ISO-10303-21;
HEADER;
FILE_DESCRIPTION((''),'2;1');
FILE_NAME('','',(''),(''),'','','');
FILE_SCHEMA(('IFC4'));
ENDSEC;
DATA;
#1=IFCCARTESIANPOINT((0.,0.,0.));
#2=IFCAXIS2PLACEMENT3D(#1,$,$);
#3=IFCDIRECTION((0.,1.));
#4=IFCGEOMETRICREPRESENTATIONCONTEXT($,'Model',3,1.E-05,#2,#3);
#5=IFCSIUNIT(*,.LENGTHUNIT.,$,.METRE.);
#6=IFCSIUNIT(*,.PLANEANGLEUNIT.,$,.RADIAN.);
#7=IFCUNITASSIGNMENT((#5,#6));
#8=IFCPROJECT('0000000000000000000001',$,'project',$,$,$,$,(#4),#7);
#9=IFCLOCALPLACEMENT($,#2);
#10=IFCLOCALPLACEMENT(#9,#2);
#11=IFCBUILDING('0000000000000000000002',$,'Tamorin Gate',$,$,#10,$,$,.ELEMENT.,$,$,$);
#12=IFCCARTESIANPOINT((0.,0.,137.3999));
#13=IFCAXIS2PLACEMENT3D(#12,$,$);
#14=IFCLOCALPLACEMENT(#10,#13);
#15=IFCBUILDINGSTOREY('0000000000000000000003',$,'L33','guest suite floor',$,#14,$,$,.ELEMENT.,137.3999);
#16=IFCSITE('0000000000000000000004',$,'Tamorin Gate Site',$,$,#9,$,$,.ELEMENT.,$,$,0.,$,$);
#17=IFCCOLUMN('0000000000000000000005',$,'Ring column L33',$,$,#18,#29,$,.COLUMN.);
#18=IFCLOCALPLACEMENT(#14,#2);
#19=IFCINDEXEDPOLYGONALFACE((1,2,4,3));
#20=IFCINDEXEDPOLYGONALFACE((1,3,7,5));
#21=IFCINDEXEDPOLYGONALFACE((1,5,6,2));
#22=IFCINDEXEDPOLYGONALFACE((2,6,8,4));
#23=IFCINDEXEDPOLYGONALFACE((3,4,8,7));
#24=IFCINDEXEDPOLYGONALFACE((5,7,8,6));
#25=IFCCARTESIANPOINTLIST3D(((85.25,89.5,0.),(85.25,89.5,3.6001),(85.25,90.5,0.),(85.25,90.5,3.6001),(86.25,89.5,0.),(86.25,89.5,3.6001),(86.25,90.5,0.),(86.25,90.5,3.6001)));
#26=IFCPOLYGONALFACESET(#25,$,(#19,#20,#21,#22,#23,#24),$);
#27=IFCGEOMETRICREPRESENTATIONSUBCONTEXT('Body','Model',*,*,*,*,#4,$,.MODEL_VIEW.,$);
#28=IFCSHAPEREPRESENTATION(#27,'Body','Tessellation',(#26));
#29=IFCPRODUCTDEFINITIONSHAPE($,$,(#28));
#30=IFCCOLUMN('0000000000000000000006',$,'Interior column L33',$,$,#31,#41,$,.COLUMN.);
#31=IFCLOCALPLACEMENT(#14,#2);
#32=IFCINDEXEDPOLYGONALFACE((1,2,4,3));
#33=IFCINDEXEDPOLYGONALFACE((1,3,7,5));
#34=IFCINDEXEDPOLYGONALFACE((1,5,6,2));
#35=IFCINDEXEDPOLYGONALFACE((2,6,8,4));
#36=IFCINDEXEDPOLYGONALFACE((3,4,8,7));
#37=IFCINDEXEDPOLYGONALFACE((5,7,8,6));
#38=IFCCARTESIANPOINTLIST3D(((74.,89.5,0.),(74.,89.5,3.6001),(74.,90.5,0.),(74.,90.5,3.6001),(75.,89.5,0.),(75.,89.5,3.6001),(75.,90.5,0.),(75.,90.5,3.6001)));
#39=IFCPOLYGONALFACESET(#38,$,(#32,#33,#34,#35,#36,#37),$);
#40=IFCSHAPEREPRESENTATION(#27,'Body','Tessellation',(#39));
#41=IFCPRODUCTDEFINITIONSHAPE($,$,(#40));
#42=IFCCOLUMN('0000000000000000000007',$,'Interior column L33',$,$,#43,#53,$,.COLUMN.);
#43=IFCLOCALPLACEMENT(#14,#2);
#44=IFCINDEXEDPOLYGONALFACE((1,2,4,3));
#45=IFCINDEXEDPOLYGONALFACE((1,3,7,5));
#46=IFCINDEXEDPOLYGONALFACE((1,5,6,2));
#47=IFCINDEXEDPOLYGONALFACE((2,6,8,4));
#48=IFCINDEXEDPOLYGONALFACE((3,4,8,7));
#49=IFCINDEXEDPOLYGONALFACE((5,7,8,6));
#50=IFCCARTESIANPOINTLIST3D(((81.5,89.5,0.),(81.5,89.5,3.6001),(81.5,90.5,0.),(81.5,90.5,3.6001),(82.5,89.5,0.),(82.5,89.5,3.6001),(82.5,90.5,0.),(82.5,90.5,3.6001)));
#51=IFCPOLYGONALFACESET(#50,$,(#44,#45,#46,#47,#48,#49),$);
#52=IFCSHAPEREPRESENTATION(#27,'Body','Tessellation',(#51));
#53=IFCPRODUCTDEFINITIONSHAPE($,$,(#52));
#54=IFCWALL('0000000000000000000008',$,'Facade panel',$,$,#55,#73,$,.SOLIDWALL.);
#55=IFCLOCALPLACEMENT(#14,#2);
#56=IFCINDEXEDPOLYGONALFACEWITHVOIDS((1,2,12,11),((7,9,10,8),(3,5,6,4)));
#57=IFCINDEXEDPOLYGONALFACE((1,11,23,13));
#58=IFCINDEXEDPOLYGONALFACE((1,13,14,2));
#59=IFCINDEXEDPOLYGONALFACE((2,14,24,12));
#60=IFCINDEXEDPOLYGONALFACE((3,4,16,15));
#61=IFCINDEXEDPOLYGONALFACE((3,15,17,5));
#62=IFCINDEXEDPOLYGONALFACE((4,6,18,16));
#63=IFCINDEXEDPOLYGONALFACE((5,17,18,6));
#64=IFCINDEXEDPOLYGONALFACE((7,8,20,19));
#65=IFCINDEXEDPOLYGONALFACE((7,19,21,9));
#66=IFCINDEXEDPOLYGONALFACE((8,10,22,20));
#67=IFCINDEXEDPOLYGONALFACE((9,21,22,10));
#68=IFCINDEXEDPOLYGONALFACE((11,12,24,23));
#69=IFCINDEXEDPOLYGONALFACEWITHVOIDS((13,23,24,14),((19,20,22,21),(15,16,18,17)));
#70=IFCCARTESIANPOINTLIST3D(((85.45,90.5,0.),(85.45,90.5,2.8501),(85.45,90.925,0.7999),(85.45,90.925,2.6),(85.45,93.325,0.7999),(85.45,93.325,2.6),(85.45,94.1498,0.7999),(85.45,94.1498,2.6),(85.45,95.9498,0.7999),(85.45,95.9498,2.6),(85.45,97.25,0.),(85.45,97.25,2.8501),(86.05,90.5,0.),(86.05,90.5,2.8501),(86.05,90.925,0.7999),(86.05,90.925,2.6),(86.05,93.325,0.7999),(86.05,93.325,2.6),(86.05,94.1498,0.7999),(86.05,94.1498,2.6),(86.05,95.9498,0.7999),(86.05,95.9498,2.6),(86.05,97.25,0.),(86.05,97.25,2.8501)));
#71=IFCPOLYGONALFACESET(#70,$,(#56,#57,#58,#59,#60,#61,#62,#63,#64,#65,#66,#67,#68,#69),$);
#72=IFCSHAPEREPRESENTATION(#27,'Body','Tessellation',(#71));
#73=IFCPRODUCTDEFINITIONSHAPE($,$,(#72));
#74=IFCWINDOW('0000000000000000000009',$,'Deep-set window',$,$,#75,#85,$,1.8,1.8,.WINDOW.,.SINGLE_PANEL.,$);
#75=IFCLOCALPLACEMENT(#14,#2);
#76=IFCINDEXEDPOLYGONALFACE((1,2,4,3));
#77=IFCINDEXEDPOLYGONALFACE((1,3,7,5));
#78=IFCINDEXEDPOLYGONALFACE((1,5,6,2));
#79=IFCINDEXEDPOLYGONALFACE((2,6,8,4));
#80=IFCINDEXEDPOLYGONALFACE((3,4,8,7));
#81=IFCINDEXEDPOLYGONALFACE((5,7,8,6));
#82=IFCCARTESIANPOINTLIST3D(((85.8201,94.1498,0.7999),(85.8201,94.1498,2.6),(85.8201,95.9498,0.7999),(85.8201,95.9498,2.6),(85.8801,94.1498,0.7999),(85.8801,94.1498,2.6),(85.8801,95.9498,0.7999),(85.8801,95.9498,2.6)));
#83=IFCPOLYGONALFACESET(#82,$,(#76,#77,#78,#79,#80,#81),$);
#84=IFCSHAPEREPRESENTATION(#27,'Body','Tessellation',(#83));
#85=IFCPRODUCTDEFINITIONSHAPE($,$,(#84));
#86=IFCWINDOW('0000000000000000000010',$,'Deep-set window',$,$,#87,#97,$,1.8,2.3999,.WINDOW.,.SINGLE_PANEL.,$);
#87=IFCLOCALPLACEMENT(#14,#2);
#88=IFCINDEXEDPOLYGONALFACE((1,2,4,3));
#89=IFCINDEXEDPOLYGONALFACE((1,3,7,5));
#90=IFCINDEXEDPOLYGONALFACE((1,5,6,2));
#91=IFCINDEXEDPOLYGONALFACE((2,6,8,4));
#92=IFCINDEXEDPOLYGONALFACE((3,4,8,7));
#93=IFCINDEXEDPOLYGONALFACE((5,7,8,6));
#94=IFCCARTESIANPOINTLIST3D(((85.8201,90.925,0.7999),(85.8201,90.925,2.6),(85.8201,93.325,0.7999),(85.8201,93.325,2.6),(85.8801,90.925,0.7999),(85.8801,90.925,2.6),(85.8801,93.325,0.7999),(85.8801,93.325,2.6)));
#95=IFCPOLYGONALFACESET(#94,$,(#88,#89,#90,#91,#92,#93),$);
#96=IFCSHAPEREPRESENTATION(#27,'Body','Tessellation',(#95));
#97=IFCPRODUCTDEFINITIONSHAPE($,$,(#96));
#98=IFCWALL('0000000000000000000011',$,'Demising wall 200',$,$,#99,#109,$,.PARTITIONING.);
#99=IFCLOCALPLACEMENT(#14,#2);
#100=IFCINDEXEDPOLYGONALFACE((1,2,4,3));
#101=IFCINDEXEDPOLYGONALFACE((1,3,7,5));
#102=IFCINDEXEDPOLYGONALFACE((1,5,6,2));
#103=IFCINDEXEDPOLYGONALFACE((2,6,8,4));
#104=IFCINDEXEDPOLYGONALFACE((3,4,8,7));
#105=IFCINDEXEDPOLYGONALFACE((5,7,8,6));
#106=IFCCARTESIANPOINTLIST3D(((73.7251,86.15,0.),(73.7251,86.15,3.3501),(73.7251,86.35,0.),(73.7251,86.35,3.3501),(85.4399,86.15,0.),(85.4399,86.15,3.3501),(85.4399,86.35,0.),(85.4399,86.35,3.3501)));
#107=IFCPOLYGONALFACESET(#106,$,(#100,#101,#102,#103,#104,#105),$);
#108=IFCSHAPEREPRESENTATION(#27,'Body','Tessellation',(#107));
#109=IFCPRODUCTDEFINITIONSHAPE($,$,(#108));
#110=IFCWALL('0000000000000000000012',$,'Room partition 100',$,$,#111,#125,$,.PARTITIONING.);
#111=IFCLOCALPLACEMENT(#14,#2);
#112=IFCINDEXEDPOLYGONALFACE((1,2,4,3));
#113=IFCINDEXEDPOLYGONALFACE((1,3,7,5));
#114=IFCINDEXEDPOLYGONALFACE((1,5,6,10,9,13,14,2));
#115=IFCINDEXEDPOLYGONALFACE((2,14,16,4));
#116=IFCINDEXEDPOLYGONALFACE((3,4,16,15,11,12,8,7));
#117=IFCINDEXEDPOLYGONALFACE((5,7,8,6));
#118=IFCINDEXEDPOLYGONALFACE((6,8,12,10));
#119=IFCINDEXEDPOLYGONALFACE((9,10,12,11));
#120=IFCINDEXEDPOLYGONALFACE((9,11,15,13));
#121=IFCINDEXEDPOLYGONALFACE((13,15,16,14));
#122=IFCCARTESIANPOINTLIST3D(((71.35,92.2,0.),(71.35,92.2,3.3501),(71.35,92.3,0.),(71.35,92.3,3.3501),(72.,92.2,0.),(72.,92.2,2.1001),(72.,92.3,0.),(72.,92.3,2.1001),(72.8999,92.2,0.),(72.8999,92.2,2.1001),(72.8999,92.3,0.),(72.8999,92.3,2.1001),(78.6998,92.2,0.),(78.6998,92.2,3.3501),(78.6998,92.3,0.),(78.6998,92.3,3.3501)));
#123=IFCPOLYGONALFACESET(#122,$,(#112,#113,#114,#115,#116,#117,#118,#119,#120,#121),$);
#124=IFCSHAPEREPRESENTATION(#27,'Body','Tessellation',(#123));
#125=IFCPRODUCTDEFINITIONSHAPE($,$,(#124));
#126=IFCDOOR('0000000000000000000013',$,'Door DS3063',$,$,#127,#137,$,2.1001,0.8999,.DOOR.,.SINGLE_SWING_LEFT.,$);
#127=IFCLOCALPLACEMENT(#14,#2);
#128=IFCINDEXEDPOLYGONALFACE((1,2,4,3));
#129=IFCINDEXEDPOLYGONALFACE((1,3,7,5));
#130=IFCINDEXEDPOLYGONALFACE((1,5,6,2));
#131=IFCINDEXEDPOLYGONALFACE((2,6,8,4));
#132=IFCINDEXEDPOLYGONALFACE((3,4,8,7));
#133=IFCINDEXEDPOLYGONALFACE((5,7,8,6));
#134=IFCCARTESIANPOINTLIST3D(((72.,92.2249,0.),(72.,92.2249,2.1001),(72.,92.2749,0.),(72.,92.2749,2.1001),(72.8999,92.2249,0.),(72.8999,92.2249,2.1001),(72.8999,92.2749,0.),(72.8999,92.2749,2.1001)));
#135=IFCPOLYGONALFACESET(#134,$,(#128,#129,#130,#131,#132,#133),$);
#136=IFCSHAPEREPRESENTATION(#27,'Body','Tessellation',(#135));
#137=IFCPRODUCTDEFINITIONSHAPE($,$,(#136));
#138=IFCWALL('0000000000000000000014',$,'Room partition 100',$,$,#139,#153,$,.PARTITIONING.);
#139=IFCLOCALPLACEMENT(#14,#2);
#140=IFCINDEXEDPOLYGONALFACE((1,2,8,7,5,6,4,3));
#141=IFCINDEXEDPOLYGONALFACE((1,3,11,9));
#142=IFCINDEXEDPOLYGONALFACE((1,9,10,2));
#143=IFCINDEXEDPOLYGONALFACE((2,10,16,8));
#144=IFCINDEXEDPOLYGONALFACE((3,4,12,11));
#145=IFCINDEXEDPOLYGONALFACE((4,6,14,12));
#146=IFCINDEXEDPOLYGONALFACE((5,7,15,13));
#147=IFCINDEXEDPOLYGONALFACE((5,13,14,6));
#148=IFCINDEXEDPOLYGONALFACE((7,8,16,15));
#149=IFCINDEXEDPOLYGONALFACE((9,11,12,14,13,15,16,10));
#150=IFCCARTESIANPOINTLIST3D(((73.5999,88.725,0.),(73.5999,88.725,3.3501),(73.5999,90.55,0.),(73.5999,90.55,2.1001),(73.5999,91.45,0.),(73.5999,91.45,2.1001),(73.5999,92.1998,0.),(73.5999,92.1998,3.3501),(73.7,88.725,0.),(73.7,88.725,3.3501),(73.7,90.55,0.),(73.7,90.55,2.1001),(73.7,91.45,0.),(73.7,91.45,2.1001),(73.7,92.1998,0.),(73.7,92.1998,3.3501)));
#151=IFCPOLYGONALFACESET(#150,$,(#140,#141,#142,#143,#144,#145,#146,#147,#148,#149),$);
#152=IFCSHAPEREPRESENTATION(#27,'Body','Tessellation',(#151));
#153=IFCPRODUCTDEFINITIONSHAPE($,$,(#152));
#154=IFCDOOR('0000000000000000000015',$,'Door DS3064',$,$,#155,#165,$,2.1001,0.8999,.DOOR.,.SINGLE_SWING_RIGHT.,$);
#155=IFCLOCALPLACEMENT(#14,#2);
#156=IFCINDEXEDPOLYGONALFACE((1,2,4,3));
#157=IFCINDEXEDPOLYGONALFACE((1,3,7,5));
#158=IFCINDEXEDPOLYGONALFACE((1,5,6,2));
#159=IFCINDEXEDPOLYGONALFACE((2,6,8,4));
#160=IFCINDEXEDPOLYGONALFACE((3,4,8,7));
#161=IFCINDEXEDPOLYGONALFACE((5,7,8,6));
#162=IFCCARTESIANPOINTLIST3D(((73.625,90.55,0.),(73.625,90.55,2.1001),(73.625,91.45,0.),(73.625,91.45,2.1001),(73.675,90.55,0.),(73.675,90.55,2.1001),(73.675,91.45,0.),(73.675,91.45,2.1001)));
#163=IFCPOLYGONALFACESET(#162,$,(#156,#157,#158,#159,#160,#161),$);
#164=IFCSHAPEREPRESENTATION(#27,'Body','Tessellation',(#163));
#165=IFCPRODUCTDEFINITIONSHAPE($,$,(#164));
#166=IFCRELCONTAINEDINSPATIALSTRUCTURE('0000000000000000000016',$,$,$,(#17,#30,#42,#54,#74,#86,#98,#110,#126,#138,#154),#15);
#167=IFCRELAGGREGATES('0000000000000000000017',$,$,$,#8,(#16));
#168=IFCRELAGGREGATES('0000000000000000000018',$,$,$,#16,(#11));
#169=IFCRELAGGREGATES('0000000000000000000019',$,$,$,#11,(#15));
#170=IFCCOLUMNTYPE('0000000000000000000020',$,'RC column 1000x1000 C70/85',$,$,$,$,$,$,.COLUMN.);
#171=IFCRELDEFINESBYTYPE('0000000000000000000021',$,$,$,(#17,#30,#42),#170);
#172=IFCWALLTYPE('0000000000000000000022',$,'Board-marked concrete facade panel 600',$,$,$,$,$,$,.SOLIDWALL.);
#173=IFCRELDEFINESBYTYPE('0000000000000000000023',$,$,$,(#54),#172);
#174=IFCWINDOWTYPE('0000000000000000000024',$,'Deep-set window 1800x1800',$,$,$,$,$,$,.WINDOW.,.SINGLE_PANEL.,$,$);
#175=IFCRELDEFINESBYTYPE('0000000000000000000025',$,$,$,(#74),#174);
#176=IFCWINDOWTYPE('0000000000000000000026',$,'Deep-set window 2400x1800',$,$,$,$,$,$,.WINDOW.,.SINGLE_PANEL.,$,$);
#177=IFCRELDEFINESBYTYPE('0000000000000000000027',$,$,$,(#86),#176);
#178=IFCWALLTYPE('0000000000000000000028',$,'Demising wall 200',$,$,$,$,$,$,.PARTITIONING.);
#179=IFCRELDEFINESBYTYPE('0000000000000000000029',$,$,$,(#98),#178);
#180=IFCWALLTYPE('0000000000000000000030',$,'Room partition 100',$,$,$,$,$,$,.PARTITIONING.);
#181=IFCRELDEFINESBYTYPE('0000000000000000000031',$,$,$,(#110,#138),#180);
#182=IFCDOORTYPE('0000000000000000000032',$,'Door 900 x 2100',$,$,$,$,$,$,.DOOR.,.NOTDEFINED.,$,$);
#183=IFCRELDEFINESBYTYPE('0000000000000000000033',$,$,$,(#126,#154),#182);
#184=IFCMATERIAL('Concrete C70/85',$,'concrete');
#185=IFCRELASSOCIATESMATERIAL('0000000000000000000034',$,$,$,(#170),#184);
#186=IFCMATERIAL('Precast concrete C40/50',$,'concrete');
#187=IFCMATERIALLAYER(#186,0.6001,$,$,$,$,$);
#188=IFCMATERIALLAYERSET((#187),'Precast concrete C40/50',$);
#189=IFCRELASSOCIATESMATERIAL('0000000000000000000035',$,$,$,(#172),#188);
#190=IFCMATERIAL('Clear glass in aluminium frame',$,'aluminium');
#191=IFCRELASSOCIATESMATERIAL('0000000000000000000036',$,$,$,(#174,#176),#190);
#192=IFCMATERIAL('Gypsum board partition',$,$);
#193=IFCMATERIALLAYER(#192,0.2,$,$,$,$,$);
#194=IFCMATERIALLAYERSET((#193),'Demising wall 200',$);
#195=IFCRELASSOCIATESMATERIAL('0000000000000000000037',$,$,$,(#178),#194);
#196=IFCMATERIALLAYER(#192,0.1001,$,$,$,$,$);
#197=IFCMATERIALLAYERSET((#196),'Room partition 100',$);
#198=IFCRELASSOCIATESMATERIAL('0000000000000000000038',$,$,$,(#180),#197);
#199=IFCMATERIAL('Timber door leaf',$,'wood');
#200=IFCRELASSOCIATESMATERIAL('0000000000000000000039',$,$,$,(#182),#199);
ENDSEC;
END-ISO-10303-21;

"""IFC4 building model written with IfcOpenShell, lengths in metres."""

from ifc_helpers import new_model, si_unit, direction, frame, frame_2d, origin, origin_2d, place, context, subcontext, project, spatial, rectangle, extrude, material, layer, layer_set, material_profile, profile_set, type_object, element, fill, save


model = new_model("IFC4")

# Units and contexts
model_context = context("Model", 3, precision=1e-05, world=origin(), true_north=direction((0.0, 1.0)))
body_context = subcontext(model_context, "Body", "Model", "MODEL_VIEW")
ifc_project = project(units=[si_unit("LENGTHUNIT", "METRE"), si_unit("PLANEANGLEUNIT", "RADIAN")], contexts=[model_context])

# Site, building, storey
site_placement = place(None, origin())
site = spatial("IfcSite", under=ifc_project, at=site_placement, Name="Tamorin Gate Site", CompositionType="ELEMENT", RefElevation=0.0)
building_placement = place(site_placement, origin())
building = spatial("IfcBuilding", under=site, at=building_placement, Name="Tamorin Gate", CompositionType="ELEMENT")
storey_placement = place(building_placement, frame((0.0, 0.0, 137.3999)))
storey = spatial("IfcBuildingStorey", under=building, at=storey_placement, Name="L33", Description="guest suite floor", CompositionType="ELEMENT", Elevation=137.3999)

# Columns
ifc_material_1 = material(Name="Concrete C70/85", Category="concrete")
ifc_material_profile = material_profile(ifc_material_1, rectangle(XDim=1.0, YDim=1.0, at=origin_2d()), Name="RC 1000x1000")
ifc_profile_set = profile_set([ifc_material_profile], Name="Concrete C70/85")
column_type = type_object("IfcColumnType", Name="RC column 1000x1000 C70/85", PredefinedType="COLUMN", material=ifc_profile_set)
for number, where, z_axis, x_axis, name in (
    (1, (85.75, 90.0, 0.0), (0.0, 0.0, 1.0), (1.0, 0.0, 0.0), "Ring column L33"),
    (2, (74.5, 90.0, 0.0), (0.0, 0.0, 1.0), (1.0, 0.0, 0.0), "Interior column L33"),
    (3, (82.0, 90.0, 0.0), (0.0, 0.0, 1.0), (1.0, 0.0, 0.0), "Interior column L33"),
):
    element("IfcColumn", number, at=place(storey_placement, frame(where, z_axis=z_axis, x_axis=x_axis)), inside=storey, type_object=column_type, Name=name, PredefinedType="COLUMN", context=body_context, shape_type="SweptSolid", body=[
        extrude(rectangle(XDim=1.0, YDim=1.0, at=origin_2d()), origin(), (0.0, 0.0, 1.0), 3.6001),
    ])

# Wall, openings, windows
ifc_material_2 = material(Name="Precast concrete C40/50", Category="concrete")
ifc_layer_1 = layer(ifc_material_2, 0.6001)
ifc_layer_set_1 = layer_set([ifc_layer_1], Name="Precast concrete C40/50")
wall_type_1 = type_object("IfcWallType", Name="Board-marked concrete facade panel 600", PredefinedType="SOLIDWALL", material=ifc_layer_set_1)
wall_1_placement = place(storey_placement, frame((85.75, 90.5, 0.0), z_axis=(0.0, 0.0, 1.0), x_axis=(0.0, 1.0, 0.0)))
wall_1 = element("IfcWall", 4, at=wall_1_placement, inside=storey, type_object=wall_type_1, Name="Facade panel", PredefinedType="SOLIDWALL", context=body_context, shape_type="SweptSolid", body=[
    extrude(rectangle(XDim=6.75, YDim=0.6001, at=frame_2d((3.375, 0.0))), origin(), (0.0, 0.0, 1.0), 2.8501),
])
opening_1_placement = place(wall_1_placement, frame((0.425, 0.0, 0.8)))
opening_1 = element("IfcOpeningElement", 5, at=opening_1_placement, cuts=wall_1, PredefinedType="OPENING", context=body_context, shape_type="SweptSolid", body=[
    extrude(rectangle(XDim=2.3999, YDim=1.8, at=frame_2d((1.2, 0.8999))), frame((0.0, 0.3101, 0.0), z_axis=(0.0, -1.0, 0.0), x_axis=(1.0, 0.0, 0.0)), (0.0, 0.0, 1.0), 0.6201),
])
opening_2_placement = place(wall_1_placement, frame((3.6499, 0.0, 0.8)))
opening_2 = element("IfcOpeningElement", 6, at=opening_2_placement, cuts=wall_1, PredefinedType="OPENING", context=body_context, shape_type="SweptSolid", body=[
    extrude(rectangle(XDim=1.8, YDim=1.8, at=frame_2d((0.8999, 0.8999))), frame((0.0, 0.3101, 0.0), z_axis=(0.0, -1.0, 0.0), x_axis=(1.0, 0.0, 0.0)), (0.0, 0.0, 1.0), 0.6201),
])
ifc_material_3 = material(Name="Clear glass in aluminium frame", Category="aluminium")
window_type_1 = type_object("IfcWindowType", Name="Deep-set window 1800x1800", PartitioningType="SINGLE_PANEL", PredefinedType="WINDOW", material=ifc_material_3)
window_1_placement = place(opening_2_placement, origin())
window_1 = element("IfcWindow", 7, at=window_1_placement, inside=storey, type_object=window_type_1, Name="Deep-set window", OverallHeight=1.8, OverallWidth=1.8, PartitioningType="SINGLE_PANEL", PredefinedType="WINDOW", context=body_context, shape_type="SweptSolid", body=[
    extrude(rectangle(XDim=1.8, YDim=1.8, at=frame_2d((0.8999, 0.8999))), frame((0.0, -0.0701, 0.0), z_axis=(0.0, -1.0, 0.0), x_axis=(1.0, 0.0, 0.0)), (0.0, 0.0, 1.0), 0.0601),
])
fill(opening_2, window_1)
window_type_2 = type_object("IfcWindowType", Name="Deep-set window 2400x1800", PartitioningType="SINGLE_PANEL", PredefinedType="WINDOW", material=ifc_material_3)
window_2_placement = place(opening_1_placement, origin())
window_2 = element("IfcWindow", 8, at=window_2_placement, inside=storey, type_object=window_type_2, Name="Deep-set window", OverallHeight=1.8, OverallWidth=2.3999, PartitioningType="SINGLE_PANEL", PredefinedType="WINDOW", context=body_context, shape_type="SweptSolid", body=[
    extrude(rectangle(XDim=2.3999, YDim=1.8, at=frame_2d((1.2, 0.8999))), frame((0.0, -0.0701, 0.0), z_axis=(0.0, -1.0, 0.0), x_axis=(1.0, 0.0, 0.0)), (0.0, 0.0, 1.0), 0.0601),
])
fill(opening_1, window_2)

# Wall
ifc_material_4 = material(Name="Gypsum board partition")
ifc_layer_2 = layer(ifc_material_4, 0.2)
ifc_layer_set_2 = layer_set([ifc_layer_2], Name="Demising wall 200")
wall_type_2 = type_object("IfcWallType", Name="Demising wall 200", PredefinedType="PARTITIONING", material=ifc_layer_set_2)
wall_2_placement = place(storey_placement, frame((73.7251, 86.25, 0.0), z_axis=(0.0, 0.0, 1.0), x_axis=(1.0, 0.0, 0.0)))
element("IfcWall", 9, at=wall_2_placement, inside=storey, type_object=wall_type_2, Name="Demising wall 200", PredefinedType="PARTITIONING", context=body_context, shape_type="SweptSolid", body=[
    extrude(rectangle(XDim=11.7148, YDim=0.2, at=frame_2d((5.8574, 0.0))), origin(), (0.0, 0.0, 1.0), 3.3501),
])

# Walls, openings, doors
ifc_layer_3 = layer(ifc_material_4, 0.1001)
ifc_layer_set_3 = layer_set([ifc_layer_3], Name="Room partition 100")
wall_type_3 = type_object("IfcWallType", Name="Room partition 100", PredefinedType="PARTITIONING", material=ifc_layer_set_3)
wall_3_placement = place(storey_placement, frame((71.3501, 92.25, 0.0), z_axis=(0.0, 0.0, 1.0), x_axis=(1.0, 0.0, 0.0)))
wall_3 = element("IfcWall", 10, at=wall_3_placement, inside=storey, type_object=wall_type_3, Name="Room partition 100", PredefinedType="PARTITIONING", context=body_context, shape_type="SweptSolid", body=[
    extrude(rectangle(XDim=7.3499, YDim=0.1001, at=frame_2d((3.6748, 0.0))), origin(), (0.0, 0.0, 1.0), 3.3501),
])
opening_3_placement = place(wall_3_placement, frame((0.6499, 0.0, 0.0)))
opening_3 = element("IfcOpeningElement", 11, at=opening_3_placement, cuts=wall_3, PredefinedType="OPENING", context=body_context, shape_type="SweptSolid", body=[
    extrude(rectangle(XDim=0.8999, YDim=2.1001, at=frame_2d((0.45, 1.05))), frame((0.0, 0.0601, 0.0), z_axis=(0.0, -1.0, 0.0), x_axis=(1.0, 0.0, 0.0)), (0.0, 0.0, 1.0), 0.1201),
])
ifc_material_5 = material(Name="Timber door leaf", Category="wood")
door_type = type_object("IfcDoorType", Name="Door 900 x 2100", OperationType="NOTDEFINED", PredefinedType="DOOR", material=ifc_material_5)
door_1_placement = place(opening_3_placement, origin())
door_1 = element("IfcDoor", 12, at=door_1_placement, inside=storey, type_object=door_type, Name="Door DS3063", OperationType="SINGLE_SWING_LEFT", OverallHeight=2.1001, OverallWidth=0.8999, PredefinedType="DOOR", context=body_context, shape_type="SweptSolid", body=[
    extrude(rectangle(XDim=0.8999, YDim=2.1001, at=frame_2d((0.45, 1.05))), frame((0.0, 0.0249, 0.0), z_axis=(0.0, -1.0, 0.0), x_axis=(1.0, 0.0, 0.0)), (0.0, 0.0, 1.0), 0.05),
])
fill(opening_3, door_1)
wall_4_placement = place(storey_placement, frame((73.6499, 88.7251, 0.0), z_axis=(0.0, 0.0, 1.0), x_axis=(0.0, 1.0, 0.0)))
wall_4 = element("IfcWall", 13, at=wall_4_placement, inside=storey, type_object=wall_type_3, Name="Room partition 100", PredefinedType="PARTITIONING", context=body_context, shape_type="SweptSolid", body=[
    extrude(rectangle(XDim=3.4749, YDim=0.1001, at=frame_2d((1.7373, 0.0))), origin(), (0.0, 0.0, 1.0), 3.3501),
])
opening_4_placement = place(wall_4_placement, frame((1.825, 0.0, 0.0)))
opening_4 = element("IfcOpeningElement", 14, at=opening_4_placement, cuts=wall_4, PredefinedType="OPENING", context=body_context, shape_type="SweptSolid", body=[
    extrude(rectangle(XDim=0.8999, YDim=2.1001, at=frame_2d((0.45, 1.05))), frame((0.0, 0.0601, 0.0), z_axis=(0.0, -1.0, 0.0), x_axis=(1.0, 0.0, 0.0)), (0.0, 0.0, 1.0), 0.1201),
])
door_2_placement = place(opening_4_placement, origin())
door_2 = element("IfcDoor", 15, at=door_2_placement, inside=storey, type_object=door_type, Name="Door DS3064", OperationType="SINGLE_SWING_RIGHT", OverallHeight=2.1001, OverallWidth=0.8999, PredefinedType="DOOR", context=body_context, shape_type="SweptSolid", body=[
    extrude(rectangle(XDim=0.8999, YDim=2.1001, at=frame_2d((0.45, 1.05))), frame((0.0, 0.0249, 0.0), z_axis=(0.0, -1.0, 0.0), x_axis=(1.0, 0.0, 0.0)), (0.0, 0.0, 1.0), 0.05),
])
fill(opening_4, door_2)

save(model, "model.ifc")
